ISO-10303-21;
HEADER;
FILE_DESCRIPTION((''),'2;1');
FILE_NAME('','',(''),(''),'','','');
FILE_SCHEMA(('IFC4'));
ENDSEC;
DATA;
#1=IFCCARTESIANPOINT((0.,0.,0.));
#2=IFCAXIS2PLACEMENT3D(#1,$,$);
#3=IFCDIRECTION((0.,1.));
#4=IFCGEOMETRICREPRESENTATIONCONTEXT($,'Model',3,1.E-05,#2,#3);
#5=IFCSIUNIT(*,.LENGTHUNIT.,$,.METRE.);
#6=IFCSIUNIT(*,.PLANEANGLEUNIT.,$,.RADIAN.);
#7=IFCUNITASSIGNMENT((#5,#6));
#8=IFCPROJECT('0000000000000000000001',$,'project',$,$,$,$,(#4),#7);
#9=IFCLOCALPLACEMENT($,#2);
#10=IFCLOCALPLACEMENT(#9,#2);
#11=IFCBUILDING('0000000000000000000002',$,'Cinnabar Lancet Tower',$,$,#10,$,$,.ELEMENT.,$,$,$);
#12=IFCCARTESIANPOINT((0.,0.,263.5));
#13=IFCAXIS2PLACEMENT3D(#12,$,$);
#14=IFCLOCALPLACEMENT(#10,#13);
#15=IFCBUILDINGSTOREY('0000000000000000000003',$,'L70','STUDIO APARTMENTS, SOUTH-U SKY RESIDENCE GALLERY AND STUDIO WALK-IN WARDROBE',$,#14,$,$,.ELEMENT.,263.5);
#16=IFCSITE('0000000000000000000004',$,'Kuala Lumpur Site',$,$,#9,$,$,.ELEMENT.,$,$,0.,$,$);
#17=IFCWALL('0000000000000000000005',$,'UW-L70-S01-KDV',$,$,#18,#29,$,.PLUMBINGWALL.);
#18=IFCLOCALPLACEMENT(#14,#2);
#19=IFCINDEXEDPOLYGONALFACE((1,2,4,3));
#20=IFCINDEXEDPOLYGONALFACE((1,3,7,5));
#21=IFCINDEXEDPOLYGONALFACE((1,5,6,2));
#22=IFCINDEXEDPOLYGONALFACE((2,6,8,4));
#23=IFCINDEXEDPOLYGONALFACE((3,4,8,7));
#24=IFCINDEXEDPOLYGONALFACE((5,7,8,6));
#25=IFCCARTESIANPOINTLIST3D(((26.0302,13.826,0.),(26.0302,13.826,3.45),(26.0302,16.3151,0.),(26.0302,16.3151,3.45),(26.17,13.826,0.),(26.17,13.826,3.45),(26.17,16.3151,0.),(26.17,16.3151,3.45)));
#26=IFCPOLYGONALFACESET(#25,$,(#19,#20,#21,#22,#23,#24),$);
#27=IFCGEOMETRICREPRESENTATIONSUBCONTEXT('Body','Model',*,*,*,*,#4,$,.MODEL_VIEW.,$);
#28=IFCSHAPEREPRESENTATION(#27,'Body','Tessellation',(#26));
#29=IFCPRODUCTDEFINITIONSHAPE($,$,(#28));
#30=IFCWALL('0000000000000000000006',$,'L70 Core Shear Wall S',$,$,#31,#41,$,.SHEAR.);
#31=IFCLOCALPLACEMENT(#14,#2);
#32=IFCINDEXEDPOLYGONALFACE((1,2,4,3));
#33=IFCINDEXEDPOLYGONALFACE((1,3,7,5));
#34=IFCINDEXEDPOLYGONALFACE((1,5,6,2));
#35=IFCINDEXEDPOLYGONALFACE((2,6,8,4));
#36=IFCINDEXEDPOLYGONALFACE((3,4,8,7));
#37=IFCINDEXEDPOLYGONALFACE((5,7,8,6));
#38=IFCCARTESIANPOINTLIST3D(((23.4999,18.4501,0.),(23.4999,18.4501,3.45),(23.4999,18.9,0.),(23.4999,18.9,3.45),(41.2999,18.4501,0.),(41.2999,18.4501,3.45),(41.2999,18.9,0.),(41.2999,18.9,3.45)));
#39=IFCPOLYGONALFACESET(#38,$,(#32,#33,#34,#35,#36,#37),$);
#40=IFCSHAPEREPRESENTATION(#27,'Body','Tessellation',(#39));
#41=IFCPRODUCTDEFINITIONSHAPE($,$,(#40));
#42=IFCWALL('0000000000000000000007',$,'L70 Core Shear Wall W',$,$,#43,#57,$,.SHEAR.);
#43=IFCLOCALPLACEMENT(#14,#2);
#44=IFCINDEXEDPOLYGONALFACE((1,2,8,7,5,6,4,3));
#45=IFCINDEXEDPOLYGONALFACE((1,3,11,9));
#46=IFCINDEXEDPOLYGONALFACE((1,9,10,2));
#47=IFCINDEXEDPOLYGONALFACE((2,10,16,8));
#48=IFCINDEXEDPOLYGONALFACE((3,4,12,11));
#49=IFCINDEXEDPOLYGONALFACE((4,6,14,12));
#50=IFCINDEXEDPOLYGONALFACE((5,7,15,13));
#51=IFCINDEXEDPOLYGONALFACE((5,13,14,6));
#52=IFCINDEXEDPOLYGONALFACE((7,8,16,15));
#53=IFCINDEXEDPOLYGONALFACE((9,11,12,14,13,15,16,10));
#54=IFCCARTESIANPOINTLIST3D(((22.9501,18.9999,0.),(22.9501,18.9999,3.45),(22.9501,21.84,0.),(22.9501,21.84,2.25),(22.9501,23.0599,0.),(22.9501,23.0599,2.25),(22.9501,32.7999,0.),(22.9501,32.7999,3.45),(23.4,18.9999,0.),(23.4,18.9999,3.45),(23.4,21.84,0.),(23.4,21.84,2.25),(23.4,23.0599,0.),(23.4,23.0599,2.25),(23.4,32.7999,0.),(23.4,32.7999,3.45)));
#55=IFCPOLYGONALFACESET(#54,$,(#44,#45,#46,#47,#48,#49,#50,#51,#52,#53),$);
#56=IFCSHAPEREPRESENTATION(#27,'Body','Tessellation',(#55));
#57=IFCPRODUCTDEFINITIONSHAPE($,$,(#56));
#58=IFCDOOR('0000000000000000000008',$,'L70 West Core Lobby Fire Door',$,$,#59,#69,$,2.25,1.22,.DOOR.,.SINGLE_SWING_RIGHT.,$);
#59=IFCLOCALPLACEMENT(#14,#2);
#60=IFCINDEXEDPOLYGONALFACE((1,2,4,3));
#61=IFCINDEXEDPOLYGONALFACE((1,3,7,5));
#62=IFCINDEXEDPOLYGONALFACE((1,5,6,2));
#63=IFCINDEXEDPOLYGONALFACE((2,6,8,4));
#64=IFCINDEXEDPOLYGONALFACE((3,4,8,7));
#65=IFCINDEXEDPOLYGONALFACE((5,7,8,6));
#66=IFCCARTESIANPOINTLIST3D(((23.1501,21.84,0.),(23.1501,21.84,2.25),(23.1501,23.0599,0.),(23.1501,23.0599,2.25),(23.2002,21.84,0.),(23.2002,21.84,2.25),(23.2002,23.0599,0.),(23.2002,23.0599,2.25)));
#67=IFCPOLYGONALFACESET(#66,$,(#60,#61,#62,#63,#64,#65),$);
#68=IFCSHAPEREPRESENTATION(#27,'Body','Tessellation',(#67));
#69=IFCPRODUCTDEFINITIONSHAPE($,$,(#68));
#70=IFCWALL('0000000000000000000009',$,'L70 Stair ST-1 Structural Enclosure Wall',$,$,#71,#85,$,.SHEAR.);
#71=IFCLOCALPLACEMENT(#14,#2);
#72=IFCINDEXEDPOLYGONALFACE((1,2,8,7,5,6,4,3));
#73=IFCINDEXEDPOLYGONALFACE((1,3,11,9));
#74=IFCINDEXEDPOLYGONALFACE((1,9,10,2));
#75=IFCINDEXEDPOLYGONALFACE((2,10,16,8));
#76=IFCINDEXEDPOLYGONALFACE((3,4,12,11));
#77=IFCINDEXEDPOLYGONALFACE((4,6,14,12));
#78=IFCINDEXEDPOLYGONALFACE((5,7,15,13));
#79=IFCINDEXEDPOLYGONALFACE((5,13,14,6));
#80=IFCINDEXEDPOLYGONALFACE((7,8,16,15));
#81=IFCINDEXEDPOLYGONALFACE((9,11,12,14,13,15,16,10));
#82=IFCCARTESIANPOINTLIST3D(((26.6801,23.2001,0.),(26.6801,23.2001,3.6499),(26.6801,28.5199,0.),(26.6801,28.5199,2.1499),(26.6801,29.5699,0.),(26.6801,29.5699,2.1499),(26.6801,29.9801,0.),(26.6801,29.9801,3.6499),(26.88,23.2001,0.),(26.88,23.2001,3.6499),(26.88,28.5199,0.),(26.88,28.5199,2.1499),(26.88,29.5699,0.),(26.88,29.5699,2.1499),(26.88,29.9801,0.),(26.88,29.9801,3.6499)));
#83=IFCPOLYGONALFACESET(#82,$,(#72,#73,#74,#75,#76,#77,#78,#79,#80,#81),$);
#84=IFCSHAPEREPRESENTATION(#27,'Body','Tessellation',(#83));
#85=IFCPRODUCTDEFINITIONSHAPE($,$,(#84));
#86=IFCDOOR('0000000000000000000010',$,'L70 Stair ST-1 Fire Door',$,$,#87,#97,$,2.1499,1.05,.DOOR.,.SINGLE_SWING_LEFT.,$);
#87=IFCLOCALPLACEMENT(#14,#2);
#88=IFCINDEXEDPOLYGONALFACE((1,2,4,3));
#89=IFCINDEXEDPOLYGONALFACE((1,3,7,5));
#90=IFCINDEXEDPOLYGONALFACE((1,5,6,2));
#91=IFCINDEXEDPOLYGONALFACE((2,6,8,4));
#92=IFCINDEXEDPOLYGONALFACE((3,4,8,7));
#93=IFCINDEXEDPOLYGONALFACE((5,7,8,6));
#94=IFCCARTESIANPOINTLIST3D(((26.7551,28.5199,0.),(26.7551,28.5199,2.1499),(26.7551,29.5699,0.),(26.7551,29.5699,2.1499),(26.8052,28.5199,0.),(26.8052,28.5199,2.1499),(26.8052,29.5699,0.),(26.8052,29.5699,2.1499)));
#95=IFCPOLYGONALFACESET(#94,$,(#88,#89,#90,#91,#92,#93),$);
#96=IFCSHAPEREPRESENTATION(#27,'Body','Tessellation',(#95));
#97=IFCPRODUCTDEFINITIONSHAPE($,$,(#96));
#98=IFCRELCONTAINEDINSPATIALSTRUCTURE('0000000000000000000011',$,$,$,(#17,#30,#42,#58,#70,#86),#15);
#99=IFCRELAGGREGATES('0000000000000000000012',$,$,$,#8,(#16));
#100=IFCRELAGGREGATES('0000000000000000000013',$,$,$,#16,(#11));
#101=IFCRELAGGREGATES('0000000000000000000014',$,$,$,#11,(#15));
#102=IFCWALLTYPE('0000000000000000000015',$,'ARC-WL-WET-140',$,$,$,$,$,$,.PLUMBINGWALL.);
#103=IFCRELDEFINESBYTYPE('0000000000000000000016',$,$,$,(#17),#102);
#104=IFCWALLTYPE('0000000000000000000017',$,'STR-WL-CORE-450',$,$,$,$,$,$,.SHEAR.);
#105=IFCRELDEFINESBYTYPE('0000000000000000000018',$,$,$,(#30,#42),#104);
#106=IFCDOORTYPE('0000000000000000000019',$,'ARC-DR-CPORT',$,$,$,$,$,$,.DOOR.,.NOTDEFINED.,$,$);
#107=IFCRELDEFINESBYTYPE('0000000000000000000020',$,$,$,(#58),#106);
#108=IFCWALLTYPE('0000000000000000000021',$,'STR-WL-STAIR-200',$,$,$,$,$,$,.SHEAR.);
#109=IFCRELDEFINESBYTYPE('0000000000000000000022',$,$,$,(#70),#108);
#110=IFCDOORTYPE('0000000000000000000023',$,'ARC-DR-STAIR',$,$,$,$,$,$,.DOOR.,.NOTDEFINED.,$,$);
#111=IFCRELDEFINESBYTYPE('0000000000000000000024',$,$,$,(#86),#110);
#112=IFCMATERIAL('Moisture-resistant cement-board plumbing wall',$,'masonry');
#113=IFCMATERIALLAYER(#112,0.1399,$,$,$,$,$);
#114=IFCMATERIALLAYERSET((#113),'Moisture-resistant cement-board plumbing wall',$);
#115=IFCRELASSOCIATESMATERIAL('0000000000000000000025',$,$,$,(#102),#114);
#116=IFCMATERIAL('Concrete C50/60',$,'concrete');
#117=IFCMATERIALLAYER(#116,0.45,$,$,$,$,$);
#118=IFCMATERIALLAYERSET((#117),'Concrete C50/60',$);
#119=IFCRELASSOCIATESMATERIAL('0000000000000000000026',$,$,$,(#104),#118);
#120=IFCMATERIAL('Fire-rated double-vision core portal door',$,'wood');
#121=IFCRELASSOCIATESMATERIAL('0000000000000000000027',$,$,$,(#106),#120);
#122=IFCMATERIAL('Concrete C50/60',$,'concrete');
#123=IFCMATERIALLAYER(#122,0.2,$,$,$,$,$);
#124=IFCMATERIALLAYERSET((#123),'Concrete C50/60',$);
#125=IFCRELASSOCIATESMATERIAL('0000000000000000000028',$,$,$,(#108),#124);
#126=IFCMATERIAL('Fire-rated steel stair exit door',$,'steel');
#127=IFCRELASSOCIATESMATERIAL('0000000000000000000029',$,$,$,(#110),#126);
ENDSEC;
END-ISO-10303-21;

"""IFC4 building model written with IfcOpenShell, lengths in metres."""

from ifc_helpers import new_model, si_unit, direction, frame, frame_2d, origin, place, context, subcontext, project, spatial, rectangle, extrude, material, layer, layer_set, type_object, element, fill, save


model = new_model("IFC4")

# Units and contexts
model_context = context("Model", 3, precision=1e-05, world=origin(), true_north=direction((0.0, 1.0)))
body_context = subcontext(model_context, "Body", "Model", "MODEL_VIEW")
ifc_project = project(units=[si_unit("LENGTHUNIT", "METRE"), si_unit("PLANEANGLEUNIT", "RADIAN")], contexts=[model_context])

# Site, building, storey
site_placement = place(None, origin())
site = spatial("IfcSite", under=ifc_project, at=site_placement, Name="Kuala Lumpur Site", CompositionType="ELEMENT", RefElevation=0.0)
building_placement = place(site_placement, origin())
building = spatial("IfcBuilding", under=site, at=building_placement, Name="Cinnabar Lancet Tower", CompositionType="ELEMENT")
storey_placement = place(building_placement, frame((0.0, 0.0, 263.5)))
storey = spatial("IfcBuildingStorey", under=building, at=storey_placement, Name="L70", Description="STUDIO APARTMENTS, SOUTH-U SKY RESIDENCE GALLERY AND STUDIO WALK-IN WARDROBE", CompositionType="ELEMENT", Elevation=263.5)

# Walls
ifc_material_1 = material(Name="Moisture-resistant cement-board plumbing wall", Category="masonry")
ifc_layer_1 = layer(ifc_material_1, 0.1399)
ifc_layer_set_1 = layer_set([ifc_layer_1], Name="Moisture-resistant cement-board plumbing wall")
wall_type_1 = type_object("IfcWallType", Name="ARC-WL-WET-140", PredefinedType="PLUMBINGWALL", material=ifc_layer_set_1)
wall_1_placement = place(storey_placement, frame((26.1001, 13.8259, 0.0), z_axis=(0.0, 0.0, 1.0), x_axis=(0.0, 1.0, 0.0)))
element("IfcWall", 1, at=wall_1_placement, inside=storey, type_object=wall_type_1, Name="UW-L70-S01-KDV", PredefinedType="PLUMBINGWALL", context=body_context, shape_type="SweptSolid", body=[
    extrude(rectangle(XDim=2.489, YDim=0.1399, at=frame_2d((1.2446, 0.0))), origin(), (0.0, 0.0, 1.0), 3.45),
])
ifc_material_2 = material(Name="Concrete C50/60", Category="concrete")
ifc_layer_2 = layer(ifc_material_2, 0.45)
ifc_layer_set_2 = layer_set([ifc_layer_2], Name="Concrete C50/60")
wall_type_2 = type_object("IfcWallType", Name="STR-WL-CORE-450", PredefinedType="SHEAR", material=ifc_layer_set_2)
wall_2_placement = place(storey_placement, frame((23.5, 18.675, 0.0), z_axis=(0.0, 0.0, 1.0), x_axis=(1.0, 0.0, 0.0)))
element("IfcWall", 2, at=wall_2_placement, inside=storey, type_object=wall_type_2, Name="L70 Core Shear Wall S", PredefinedType="SHEAR", context=body_context, shape_type="SweptSolid", body=[
    extrude(rectangle(XDim=17.8, YDim=0.45, at=frame_2d((8.8999, 0.0))), origin(), (0.0, 0.0, 1.0), 3.45),
])

# Walls, openings, doors
wall_3_placement = place(storey_placement, frame((23.175, 19.0, 0.0), z_axis=(0.0, 0.0, 1.0), x_axis=(0.0, 1.0, 0.0)))
wall_3 = element("IfcWall", 3, at=wall_3_placement, inside=storey, type_object=wall_type_2, Name="L70 Core Shear Wall W", PredefinedType="SHEAR", context=body_context, shape_type="SweptSolid", body=[
    extrude(rectangle(XDim=13.8, YDim=0.45, at=frame_2d((6.8999, 0.0))), origin(), (0.0, 0.0, 1.0), 3.45),
])
opening_1_placement = place(wall_3_placement, frame((2.8401, 0.0, 0.0)))
opening_1 = element("IfcOpeningElement", 4, at=opening_1_placement, cuts=wall_3, PredefinedType="OPENING", context=body_context, shape_type="SweptSolid", body=[
    extrude(rectangle(XDim=1.22, YDim=2.25, at=frame_2d((0.6099, 1.125))), frame((0.0, 0.2349, 0.0), z_axis=(0.0, -1.0, 0.0), x_axis=(1.0, 0.0, 0.0)), (0.0, 0.0, 1.0), 0.47),
])
ifc_material_3 = material(Name="Fire-rated double-vision core portal door", Category="wood")
door_type_1 = type_object("IfcDoorType", Name="ARC-DR-CPORT", OperationType="NOTDEFINED", PredefinedType="DOOR", material=ifc_material_3)
door_1_placement = place(opening_1_placement, origin())
door_1 = element("IfcDoor", 5, at=door_1_placement, inside=storey, type_object=door_type_1, Name="L70 West Core Lobby Fire Door", OperationType="SINGLE_SWING_RIGHT", OverallHeight=2.25, OverallWidth=1.22, PredefinedType="DOOR", context=body_context, shape_type="SweptSolid", body=[
    extrude(rectangle(XDim=1.22, YDim=2.25, at=frame_2d((0.6099, 1.125))), frame((0.0, 0.0249, 0.0), z_axis=(0.0, -1.0, 0.0), x_axis=(1.0, 0.0, 0.0)), (0.0, 0.0, 1.0), 0.05),
])
fill(opening_1, door_1)
ifc_material_4 = material(Name="Concrete C50/60", Category="concrete")
ifc_layer_3 = layer(ifc_material_4, 0.2)
ifc_layer_set_3 = layer_set([ifc_layer_3], Name="Concrete C50/60")
wall_type_3 = type_object("IfcWallType", Name="STR-WL-STAIR-200", PredefinedType="SHEAR", material=ifc_layer_set_3)
wall_4_placement = place(storey_placement, frame((26.78, 23.2, 0.0), z_axis=(0.0, 0.0, 1.0), x_axis=(0.0, 1.0, 0.0)))
wall_4 = element("IfcWall", 6, at=wall_4_placement, inside=storey, type_object=wall_type_3, Name="L70 Stair ST-1 Structural Enclosure Wall", PredefinedType="SHEAR", context=body_context, shape_type="SweptSolid", body=[
    extrude(rectangle(XDim=6.78, YDim=0.2, at=frame_2d((3.3901, 0.0))), origin(), (0.0, 0.0, 1.0), 3.6499),
])
opening_2_placement = place(wall_4_placement, frame((5.3201, 0.0, 0.0)))
opening_2 = element("IfcOpeningElement", 7, at=opening_2_placement, cuts=wall_4, PredefinedType="OPENING", context=body_context, shape_type="SweptSolid", body=[
    extrude(rectangle(XDim=1.05, YDim=2.1499, at=frame_2d((0.5249, 1.075))), frame((0.0, 0.1099, 0.0), z_axis=(0.0, -1.0, 0.0), x_axis=(1.0, 0.0, 0.0)), (0.0, 0.0, 1.0), 0.22),
])
ifc_material_5 = material(Name="Fire-rated steel stair exit door", Category="steel")
door_type_2 = type_object("IfcDoorType", Name="ARC-DR-STAIR", OperationType="NOTDEFINED", PredefinedType="DOOR", material=ifc_material_5)
door_2_placement = place(opening_2_placement, origin())
door_2 = element("IfcDoor", 8, at=door_2_placement, inside=storey, type_object=door_type_2, Name="L70 Stair ST-1 Fire Door", OperationType="SINGLE_SWING_LEFT", OverallHeight=2.1499, OverallWidth=1.05, PredefinedType="DOOR", context=body_context, shape_type="SweptSolid", body=[
    extrude(rectangle(XDim=1.05, YDim=2.1499, at=frame_2d((0.5249, 1.075))), frame((0.0, 0.0249, 0.0), z_axis=(0.0, -1.0, 0.0), x_axis=(1.0, 0.0, 0.0)), (0.0, 0.0, 1.0), 0.05),
])
fill(opening_2, door_2)

save(model, "model.ifc")
